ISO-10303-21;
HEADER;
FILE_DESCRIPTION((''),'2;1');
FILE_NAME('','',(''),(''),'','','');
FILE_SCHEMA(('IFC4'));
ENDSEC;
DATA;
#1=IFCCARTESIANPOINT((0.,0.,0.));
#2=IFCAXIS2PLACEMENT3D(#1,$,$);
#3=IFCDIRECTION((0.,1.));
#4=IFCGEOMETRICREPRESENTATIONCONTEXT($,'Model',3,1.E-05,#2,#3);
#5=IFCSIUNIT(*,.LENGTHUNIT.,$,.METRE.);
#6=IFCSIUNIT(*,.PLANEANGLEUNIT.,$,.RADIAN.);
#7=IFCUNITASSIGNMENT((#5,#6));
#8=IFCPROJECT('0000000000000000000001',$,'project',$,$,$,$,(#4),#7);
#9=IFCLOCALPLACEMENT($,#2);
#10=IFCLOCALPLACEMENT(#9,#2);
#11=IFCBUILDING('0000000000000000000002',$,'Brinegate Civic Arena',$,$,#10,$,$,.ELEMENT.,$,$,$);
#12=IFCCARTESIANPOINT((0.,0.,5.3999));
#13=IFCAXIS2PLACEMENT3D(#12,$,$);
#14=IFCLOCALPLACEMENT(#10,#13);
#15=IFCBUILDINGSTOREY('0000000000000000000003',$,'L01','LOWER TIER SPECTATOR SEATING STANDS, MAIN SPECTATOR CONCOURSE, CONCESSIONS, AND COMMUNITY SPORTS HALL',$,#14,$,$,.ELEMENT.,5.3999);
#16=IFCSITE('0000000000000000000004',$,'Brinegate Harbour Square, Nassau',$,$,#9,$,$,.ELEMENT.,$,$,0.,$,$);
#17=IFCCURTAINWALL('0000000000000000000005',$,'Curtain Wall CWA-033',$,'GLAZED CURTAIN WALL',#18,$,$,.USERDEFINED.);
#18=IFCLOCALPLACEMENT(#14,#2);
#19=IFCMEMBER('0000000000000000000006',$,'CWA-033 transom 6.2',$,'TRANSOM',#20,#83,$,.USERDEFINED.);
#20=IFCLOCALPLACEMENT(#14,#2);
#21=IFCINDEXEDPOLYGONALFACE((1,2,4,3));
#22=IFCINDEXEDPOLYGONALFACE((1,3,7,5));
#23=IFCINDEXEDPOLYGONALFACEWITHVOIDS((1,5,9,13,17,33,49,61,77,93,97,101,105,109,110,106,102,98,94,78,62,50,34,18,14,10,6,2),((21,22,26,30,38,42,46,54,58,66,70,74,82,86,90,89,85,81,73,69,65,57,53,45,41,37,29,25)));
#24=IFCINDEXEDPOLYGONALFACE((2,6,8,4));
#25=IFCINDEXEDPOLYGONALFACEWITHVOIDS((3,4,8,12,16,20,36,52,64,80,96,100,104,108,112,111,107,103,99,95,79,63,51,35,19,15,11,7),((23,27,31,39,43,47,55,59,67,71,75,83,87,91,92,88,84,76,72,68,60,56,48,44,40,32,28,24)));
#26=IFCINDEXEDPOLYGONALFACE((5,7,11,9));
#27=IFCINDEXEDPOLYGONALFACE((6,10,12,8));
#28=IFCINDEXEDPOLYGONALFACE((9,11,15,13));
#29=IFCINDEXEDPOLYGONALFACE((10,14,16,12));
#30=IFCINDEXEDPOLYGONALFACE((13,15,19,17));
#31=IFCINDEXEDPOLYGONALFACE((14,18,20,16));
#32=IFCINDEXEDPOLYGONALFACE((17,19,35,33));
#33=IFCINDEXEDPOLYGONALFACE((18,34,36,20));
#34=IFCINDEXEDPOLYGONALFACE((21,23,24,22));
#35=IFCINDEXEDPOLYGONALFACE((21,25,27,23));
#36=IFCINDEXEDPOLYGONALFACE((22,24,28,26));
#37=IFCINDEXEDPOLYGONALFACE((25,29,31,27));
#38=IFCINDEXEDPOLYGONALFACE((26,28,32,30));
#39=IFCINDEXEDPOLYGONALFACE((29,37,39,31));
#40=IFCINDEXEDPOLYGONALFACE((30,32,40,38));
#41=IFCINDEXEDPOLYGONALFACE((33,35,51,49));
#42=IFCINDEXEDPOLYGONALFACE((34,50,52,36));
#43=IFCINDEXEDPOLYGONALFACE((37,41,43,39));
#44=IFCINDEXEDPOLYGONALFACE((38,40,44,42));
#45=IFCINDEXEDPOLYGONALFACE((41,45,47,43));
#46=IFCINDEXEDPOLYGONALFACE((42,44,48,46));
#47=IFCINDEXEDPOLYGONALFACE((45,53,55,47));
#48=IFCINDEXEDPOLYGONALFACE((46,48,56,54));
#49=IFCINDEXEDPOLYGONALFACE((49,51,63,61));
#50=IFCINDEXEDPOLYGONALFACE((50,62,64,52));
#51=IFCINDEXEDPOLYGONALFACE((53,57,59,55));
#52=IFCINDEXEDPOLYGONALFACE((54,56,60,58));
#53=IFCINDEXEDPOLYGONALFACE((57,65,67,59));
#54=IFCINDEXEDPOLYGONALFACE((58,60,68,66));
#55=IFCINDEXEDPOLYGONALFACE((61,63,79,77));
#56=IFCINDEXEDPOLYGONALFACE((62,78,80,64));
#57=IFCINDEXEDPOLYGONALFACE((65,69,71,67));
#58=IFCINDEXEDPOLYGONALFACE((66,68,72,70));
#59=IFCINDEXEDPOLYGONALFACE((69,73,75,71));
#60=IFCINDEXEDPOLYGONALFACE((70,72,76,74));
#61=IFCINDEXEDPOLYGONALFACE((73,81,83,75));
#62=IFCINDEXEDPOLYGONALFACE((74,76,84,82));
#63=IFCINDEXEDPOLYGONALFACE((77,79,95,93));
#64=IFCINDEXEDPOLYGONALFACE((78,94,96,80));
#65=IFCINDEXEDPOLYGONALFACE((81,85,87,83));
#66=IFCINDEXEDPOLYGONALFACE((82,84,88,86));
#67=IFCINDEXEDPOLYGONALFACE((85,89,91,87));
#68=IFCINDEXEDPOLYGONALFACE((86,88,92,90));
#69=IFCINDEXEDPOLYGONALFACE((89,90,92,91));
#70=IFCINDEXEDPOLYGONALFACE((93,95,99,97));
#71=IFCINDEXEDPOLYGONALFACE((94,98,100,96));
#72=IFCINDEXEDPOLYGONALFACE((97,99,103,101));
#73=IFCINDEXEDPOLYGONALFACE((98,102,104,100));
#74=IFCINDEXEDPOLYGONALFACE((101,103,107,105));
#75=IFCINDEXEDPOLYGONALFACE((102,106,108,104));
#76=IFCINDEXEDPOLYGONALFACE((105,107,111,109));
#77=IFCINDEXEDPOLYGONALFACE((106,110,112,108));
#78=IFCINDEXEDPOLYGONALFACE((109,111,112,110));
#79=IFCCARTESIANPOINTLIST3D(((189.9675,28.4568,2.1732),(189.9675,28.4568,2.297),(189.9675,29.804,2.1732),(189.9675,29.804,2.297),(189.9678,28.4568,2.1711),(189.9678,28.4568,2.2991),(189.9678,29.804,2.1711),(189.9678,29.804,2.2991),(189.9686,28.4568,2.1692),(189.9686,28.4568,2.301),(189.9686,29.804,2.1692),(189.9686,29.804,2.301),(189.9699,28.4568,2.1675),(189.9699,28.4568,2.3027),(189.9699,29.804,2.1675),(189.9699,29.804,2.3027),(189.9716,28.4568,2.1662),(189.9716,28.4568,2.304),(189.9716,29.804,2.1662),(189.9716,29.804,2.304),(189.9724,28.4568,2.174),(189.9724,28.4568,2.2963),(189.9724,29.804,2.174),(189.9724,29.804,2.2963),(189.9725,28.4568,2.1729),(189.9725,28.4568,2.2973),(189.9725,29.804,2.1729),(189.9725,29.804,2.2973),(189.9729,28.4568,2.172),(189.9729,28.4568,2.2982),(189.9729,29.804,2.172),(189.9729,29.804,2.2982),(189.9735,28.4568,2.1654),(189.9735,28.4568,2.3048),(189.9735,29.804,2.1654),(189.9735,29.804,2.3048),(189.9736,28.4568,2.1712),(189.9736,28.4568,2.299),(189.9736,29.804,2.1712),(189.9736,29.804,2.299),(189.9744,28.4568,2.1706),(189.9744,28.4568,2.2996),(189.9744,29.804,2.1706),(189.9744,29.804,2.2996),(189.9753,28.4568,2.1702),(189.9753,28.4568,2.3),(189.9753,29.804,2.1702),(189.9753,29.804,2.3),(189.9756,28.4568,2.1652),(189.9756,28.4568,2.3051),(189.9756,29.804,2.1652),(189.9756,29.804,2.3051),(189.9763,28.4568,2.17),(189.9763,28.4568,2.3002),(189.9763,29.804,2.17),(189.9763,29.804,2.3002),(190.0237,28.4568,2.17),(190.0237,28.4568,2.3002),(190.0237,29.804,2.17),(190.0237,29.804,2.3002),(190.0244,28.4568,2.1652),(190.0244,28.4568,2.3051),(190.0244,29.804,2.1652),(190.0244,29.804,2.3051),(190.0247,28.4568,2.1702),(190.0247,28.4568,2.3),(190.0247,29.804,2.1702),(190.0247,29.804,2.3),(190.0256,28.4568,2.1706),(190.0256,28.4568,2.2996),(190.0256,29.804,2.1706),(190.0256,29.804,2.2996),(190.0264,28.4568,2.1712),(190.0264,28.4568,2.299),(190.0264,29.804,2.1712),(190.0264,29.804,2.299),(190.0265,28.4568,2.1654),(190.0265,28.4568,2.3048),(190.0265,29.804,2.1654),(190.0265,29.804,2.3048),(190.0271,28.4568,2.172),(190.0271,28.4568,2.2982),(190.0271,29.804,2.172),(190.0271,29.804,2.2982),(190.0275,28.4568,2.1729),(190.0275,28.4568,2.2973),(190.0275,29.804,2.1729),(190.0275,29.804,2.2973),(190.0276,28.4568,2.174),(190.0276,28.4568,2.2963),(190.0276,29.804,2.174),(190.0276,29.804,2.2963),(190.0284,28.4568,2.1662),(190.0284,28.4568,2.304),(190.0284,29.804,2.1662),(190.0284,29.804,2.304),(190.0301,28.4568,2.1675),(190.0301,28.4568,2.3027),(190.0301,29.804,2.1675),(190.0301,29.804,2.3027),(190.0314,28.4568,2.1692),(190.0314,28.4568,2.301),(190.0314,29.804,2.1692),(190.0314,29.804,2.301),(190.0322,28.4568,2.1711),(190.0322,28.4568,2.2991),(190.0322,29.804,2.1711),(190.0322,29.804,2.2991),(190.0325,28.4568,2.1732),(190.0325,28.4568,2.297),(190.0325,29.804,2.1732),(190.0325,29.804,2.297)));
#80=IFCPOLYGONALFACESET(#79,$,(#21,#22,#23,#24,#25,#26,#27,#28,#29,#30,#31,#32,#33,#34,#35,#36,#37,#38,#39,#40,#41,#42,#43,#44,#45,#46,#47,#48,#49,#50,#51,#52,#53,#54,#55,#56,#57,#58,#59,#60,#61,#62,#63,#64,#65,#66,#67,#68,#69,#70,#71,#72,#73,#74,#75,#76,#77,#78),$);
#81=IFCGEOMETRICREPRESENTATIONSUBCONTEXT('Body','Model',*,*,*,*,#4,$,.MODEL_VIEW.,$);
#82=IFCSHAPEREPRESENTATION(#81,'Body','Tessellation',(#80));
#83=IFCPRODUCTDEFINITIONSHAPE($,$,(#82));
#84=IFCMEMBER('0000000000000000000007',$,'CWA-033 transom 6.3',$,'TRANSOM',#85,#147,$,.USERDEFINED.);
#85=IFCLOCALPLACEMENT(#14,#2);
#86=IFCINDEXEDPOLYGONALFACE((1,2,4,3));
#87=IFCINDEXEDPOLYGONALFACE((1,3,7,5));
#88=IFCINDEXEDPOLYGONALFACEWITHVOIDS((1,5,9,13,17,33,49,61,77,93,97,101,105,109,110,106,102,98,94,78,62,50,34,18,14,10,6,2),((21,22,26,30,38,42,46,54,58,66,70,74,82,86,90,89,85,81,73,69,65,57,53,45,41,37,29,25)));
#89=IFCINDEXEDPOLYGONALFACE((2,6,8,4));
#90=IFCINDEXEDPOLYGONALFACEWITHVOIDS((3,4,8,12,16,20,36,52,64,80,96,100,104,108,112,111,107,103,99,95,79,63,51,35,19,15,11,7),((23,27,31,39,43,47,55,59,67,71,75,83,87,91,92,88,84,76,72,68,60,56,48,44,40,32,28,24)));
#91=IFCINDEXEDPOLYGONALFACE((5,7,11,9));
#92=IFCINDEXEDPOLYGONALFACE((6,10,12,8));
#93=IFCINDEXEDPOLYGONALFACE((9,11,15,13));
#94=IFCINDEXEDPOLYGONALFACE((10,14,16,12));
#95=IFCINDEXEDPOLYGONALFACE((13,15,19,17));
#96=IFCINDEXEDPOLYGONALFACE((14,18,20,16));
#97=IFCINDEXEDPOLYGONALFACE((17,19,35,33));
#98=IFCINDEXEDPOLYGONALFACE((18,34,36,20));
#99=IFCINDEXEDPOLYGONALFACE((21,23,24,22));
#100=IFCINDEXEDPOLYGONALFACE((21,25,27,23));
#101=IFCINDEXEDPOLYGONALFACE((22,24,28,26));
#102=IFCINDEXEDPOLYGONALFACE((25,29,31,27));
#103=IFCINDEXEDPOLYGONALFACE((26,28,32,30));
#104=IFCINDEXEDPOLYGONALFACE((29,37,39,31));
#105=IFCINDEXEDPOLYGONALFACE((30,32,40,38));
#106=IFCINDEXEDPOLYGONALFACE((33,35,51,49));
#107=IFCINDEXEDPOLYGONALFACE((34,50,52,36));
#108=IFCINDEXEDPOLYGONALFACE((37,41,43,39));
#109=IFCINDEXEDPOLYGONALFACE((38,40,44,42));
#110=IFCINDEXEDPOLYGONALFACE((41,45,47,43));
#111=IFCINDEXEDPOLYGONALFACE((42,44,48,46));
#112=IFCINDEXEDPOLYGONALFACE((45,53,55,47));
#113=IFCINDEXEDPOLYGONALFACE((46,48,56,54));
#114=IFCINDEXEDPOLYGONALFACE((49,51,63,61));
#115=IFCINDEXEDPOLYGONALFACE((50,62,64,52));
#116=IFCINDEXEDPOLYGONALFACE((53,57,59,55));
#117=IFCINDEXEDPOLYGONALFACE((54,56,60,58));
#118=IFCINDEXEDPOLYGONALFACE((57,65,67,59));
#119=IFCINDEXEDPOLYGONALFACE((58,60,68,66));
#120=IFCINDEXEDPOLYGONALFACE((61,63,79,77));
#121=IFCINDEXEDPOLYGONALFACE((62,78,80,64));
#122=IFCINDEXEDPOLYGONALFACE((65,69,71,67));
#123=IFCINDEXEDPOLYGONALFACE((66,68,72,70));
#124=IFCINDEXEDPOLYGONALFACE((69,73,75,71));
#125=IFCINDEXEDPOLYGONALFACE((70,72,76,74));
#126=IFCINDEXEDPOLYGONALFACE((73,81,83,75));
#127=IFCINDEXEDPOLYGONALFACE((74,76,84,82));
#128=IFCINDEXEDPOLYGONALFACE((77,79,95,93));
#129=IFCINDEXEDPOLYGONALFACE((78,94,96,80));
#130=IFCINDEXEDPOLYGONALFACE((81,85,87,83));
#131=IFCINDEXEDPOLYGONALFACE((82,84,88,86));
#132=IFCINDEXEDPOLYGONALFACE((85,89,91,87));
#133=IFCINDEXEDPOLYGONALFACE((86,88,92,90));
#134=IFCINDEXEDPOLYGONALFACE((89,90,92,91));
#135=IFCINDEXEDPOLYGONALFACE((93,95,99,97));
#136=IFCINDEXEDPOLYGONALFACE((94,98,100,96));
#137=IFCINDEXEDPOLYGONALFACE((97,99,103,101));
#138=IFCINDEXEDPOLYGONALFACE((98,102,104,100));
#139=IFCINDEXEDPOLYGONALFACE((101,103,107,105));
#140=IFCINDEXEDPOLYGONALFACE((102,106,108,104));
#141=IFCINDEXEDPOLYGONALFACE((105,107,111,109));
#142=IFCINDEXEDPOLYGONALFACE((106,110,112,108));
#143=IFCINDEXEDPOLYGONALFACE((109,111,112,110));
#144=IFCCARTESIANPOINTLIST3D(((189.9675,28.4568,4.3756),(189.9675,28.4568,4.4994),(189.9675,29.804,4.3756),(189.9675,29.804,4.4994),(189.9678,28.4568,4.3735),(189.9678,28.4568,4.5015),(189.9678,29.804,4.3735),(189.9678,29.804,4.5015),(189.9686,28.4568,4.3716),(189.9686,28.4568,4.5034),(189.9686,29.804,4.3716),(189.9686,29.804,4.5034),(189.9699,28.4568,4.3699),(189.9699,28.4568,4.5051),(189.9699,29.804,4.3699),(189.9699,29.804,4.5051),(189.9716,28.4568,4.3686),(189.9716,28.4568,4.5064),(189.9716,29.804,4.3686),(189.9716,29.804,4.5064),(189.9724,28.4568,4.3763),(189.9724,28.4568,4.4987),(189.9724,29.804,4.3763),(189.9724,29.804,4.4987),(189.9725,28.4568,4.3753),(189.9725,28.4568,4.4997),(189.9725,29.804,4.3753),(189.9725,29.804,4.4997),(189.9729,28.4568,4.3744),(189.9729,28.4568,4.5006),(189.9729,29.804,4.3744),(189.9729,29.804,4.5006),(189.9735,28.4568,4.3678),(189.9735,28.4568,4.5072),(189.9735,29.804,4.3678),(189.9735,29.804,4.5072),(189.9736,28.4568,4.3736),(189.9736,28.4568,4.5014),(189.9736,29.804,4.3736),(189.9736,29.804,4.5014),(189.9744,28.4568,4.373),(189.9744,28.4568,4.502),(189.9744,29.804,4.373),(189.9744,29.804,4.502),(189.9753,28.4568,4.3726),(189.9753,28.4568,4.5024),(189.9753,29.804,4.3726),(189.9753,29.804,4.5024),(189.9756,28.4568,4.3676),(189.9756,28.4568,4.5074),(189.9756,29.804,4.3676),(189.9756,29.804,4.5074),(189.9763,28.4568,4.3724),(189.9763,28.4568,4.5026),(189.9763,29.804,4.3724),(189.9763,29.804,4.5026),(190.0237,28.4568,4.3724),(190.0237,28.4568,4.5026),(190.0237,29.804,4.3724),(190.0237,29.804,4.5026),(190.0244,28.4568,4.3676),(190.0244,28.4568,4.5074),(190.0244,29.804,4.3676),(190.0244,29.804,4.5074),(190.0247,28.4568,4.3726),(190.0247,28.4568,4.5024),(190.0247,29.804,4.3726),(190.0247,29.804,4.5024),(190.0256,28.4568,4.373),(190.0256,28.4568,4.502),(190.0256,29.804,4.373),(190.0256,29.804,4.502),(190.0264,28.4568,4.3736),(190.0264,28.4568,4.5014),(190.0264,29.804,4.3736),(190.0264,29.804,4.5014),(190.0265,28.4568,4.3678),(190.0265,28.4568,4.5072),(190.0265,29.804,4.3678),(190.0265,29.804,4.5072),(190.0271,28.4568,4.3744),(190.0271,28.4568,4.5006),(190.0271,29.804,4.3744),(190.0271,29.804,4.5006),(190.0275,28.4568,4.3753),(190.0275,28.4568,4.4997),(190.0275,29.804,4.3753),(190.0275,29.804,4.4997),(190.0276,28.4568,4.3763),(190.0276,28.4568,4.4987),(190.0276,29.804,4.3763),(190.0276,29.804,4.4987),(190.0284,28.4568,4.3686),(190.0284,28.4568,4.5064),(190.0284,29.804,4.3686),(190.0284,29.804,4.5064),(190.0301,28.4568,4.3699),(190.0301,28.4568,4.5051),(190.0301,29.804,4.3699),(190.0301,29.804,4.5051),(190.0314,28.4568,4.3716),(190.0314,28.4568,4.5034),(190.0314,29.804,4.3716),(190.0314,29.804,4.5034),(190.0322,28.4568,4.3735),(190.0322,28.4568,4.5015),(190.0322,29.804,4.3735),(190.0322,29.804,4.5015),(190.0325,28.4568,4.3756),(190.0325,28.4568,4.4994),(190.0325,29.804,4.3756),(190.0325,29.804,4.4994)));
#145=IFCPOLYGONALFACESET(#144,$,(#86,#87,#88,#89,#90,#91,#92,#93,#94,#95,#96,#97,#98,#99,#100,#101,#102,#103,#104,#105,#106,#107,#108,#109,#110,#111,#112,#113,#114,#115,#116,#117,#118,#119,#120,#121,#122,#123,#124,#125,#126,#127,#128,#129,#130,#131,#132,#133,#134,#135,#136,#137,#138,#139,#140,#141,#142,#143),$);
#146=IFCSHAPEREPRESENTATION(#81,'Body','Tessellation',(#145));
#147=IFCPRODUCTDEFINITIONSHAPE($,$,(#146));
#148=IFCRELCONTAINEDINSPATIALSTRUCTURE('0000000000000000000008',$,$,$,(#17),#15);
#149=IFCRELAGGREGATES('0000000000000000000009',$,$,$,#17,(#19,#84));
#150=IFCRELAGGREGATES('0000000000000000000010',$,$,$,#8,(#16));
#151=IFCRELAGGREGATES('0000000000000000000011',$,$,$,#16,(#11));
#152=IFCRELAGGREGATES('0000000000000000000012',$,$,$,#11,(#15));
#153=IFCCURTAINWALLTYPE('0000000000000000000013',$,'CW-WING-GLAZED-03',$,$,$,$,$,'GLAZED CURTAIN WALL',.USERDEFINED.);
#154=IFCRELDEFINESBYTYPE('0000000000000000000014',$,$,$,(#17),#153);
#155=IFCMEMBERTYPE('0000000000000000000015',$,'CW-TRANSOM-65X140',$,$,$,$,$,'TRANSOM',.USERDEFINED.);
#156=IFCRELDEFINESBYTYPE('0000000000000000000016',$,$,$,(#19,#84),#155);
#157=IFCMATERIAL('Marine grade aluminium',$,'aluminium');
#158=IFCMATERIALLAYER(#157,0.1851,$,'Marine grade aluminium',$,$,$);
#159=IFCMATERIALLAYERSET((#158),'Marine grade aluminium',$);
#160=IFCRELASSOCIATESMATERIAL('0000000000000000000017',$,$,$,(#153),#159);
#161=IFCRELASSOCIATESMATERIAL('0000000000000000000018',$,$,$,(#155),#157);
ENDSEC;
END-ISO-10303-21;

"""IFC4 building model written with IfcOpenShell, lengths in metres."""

from ifc_helpers import new_model, si_unit, direction, frame, origin, origin_2d, place, context, subcontext, project, spatial, hollow_rectangle, extrude, material, layer, layer_set, material_profile, profile_set, type_object, element, aggregate, save


model = new_model("IFC4")

# Units and contexts
model_context = context("Model", 3, precision=1e-05, world=origin(), true_north=direction((0.0, 1.0)))
body_context = subcontext(model_context, "Body", "Model", "MODEL_VIEW")
ifc_project = project(units=[si_unit("LENGTHUNIT", "METRE"), si_unit("PLANEANGLEUNIT", "RADIAN")], contexts=[model_context])

# Site, building, storey
site_placement = place(None, origin())
site = spatial("IfcSite", under=ifc_project, at=site_placement, Name="Brinegate Harbour Square, Nassau", CompositionType="ELEMENT", RefElevation=0.0)
building_placement = place(site_placement, origin())
building = spatial("IfcBuilding", under=site, at=building_placement, Name="Brinegate Civic Arena", CompositionType="ELEMENT")
storey_placement = place(building_placement, frame((0.0, 0.0, 5.3999)))
storey = spatial("IfcBuildingStorey", under=building, at=storey_placement, Name="L01", Description="LOWER TIER SPECTATOR SEATING STANDS, MAIN SPECTATOR CONCOURSE, CONCESSIONS, AND COMMUNITY SPORTS HALL", CompositionType="ELEMENT", Elevation=5.3999)

# Shared definitions
ifc_material_1 = material(Name="Marine grade aluminium", Category="aluminium")
ifc_layer_1 = layer(ifc_material_1, 0.1851, Name="Marine grade aluminium")
ifc_layer_set_1 = layer_set([ifc_layer_1], Name="Marine grade aluminium")
curtain_wall_type = type_object("IfcCurtainWallType", Name="CW-WING-GLAZED-03", ElementType="GLAZED CURTAIN WALL", PredefinedType="USERDEFINED", material=ifc_layer_set_1)

# Curtain wall, members
curtain_wall_1_placement = place(storey_placement, origin())
curtain_wall_1 = element("IfcCurtainWall", 1, at=curtain_wall_1_placement, inside=storey, type_object=curtain_wall_type, Name="Curtain Wall CWA-033", ObjectType="GLAZED CURTAIN WALL", PredefinedType="USERDEFINED")
ifc_material_profile_1 = material_profile(ifc_material_1, hollow_rectangle(XDim=0.0649, YDim=0.1399, WallThickness=0.0049, InnerFilletRadius=0.0039, OuterFilletRadius=0.0081, at=origin_2d()), Name="TRN65X140")
ifc_profile_set_1 = profile_set([ifc_material_profile_1], Name="Marine grade aluminium")
member_type_1 = type_object("IfcMemberType", Name="CW-TRANSOM-65X140", ElementType="TRANSOM", PredefinedType="USERDEFINED", material=ifc_profile_set_1)
member_1_placement = place(storey_placement, frame((190.0, 28.4568, 2.2351), z_axis=(0.0, 1.0, 0.0), x_axis=(-1.0, 0.0, 0.0)))
member_1 = element("IfcMember", 2, at=member_1_placement, type_object=member_type_1, Name="CWA-033 transom 6.2", ObjectType="TRANSOM", PredefinedType="USERDEFINED", context=body_context, shape_type="SweptSolid", body=[
    extrude(hollow_rectangle(XDim=0.0649, YDim=0.1399, WallThickness=0.0049, InnerFilletRadius=0.0039, OuterFilletRadius=0.0081, at=origin_2d()), origin(), (0.0, 0.0, 1.0), 1.3472),
])
member_2_placement = place(storey_placement, frame((190.0, 28.4568, 4.4375), z_axis=(0.0, 1.0, 0.0), x_axis=(-1.0, 0.0, 0.0)))
member_2 = element("IfcMember", 3, at=member_2_placement, type_object=member_type_1, Name="CWA-033 transom 6.3", ObjectType="TRANSOM", PredefinedType="USERDEFINED", context=body_context, shape_type="SweptSolid", body=[
    extrude(hollow_rectangle(XDim=0.0649, YDim=0.1399, WallThickness=0.0049, InnerFilletRadius=0.0039, OuterFilletRadius=0.0081, at=origin_2d()), origin(), (0.0, 0.0, 1.0), 1.3472),
])

aggregate(curtain_wall_1, [member_1, member_2])

save(model, "model.ifc")
